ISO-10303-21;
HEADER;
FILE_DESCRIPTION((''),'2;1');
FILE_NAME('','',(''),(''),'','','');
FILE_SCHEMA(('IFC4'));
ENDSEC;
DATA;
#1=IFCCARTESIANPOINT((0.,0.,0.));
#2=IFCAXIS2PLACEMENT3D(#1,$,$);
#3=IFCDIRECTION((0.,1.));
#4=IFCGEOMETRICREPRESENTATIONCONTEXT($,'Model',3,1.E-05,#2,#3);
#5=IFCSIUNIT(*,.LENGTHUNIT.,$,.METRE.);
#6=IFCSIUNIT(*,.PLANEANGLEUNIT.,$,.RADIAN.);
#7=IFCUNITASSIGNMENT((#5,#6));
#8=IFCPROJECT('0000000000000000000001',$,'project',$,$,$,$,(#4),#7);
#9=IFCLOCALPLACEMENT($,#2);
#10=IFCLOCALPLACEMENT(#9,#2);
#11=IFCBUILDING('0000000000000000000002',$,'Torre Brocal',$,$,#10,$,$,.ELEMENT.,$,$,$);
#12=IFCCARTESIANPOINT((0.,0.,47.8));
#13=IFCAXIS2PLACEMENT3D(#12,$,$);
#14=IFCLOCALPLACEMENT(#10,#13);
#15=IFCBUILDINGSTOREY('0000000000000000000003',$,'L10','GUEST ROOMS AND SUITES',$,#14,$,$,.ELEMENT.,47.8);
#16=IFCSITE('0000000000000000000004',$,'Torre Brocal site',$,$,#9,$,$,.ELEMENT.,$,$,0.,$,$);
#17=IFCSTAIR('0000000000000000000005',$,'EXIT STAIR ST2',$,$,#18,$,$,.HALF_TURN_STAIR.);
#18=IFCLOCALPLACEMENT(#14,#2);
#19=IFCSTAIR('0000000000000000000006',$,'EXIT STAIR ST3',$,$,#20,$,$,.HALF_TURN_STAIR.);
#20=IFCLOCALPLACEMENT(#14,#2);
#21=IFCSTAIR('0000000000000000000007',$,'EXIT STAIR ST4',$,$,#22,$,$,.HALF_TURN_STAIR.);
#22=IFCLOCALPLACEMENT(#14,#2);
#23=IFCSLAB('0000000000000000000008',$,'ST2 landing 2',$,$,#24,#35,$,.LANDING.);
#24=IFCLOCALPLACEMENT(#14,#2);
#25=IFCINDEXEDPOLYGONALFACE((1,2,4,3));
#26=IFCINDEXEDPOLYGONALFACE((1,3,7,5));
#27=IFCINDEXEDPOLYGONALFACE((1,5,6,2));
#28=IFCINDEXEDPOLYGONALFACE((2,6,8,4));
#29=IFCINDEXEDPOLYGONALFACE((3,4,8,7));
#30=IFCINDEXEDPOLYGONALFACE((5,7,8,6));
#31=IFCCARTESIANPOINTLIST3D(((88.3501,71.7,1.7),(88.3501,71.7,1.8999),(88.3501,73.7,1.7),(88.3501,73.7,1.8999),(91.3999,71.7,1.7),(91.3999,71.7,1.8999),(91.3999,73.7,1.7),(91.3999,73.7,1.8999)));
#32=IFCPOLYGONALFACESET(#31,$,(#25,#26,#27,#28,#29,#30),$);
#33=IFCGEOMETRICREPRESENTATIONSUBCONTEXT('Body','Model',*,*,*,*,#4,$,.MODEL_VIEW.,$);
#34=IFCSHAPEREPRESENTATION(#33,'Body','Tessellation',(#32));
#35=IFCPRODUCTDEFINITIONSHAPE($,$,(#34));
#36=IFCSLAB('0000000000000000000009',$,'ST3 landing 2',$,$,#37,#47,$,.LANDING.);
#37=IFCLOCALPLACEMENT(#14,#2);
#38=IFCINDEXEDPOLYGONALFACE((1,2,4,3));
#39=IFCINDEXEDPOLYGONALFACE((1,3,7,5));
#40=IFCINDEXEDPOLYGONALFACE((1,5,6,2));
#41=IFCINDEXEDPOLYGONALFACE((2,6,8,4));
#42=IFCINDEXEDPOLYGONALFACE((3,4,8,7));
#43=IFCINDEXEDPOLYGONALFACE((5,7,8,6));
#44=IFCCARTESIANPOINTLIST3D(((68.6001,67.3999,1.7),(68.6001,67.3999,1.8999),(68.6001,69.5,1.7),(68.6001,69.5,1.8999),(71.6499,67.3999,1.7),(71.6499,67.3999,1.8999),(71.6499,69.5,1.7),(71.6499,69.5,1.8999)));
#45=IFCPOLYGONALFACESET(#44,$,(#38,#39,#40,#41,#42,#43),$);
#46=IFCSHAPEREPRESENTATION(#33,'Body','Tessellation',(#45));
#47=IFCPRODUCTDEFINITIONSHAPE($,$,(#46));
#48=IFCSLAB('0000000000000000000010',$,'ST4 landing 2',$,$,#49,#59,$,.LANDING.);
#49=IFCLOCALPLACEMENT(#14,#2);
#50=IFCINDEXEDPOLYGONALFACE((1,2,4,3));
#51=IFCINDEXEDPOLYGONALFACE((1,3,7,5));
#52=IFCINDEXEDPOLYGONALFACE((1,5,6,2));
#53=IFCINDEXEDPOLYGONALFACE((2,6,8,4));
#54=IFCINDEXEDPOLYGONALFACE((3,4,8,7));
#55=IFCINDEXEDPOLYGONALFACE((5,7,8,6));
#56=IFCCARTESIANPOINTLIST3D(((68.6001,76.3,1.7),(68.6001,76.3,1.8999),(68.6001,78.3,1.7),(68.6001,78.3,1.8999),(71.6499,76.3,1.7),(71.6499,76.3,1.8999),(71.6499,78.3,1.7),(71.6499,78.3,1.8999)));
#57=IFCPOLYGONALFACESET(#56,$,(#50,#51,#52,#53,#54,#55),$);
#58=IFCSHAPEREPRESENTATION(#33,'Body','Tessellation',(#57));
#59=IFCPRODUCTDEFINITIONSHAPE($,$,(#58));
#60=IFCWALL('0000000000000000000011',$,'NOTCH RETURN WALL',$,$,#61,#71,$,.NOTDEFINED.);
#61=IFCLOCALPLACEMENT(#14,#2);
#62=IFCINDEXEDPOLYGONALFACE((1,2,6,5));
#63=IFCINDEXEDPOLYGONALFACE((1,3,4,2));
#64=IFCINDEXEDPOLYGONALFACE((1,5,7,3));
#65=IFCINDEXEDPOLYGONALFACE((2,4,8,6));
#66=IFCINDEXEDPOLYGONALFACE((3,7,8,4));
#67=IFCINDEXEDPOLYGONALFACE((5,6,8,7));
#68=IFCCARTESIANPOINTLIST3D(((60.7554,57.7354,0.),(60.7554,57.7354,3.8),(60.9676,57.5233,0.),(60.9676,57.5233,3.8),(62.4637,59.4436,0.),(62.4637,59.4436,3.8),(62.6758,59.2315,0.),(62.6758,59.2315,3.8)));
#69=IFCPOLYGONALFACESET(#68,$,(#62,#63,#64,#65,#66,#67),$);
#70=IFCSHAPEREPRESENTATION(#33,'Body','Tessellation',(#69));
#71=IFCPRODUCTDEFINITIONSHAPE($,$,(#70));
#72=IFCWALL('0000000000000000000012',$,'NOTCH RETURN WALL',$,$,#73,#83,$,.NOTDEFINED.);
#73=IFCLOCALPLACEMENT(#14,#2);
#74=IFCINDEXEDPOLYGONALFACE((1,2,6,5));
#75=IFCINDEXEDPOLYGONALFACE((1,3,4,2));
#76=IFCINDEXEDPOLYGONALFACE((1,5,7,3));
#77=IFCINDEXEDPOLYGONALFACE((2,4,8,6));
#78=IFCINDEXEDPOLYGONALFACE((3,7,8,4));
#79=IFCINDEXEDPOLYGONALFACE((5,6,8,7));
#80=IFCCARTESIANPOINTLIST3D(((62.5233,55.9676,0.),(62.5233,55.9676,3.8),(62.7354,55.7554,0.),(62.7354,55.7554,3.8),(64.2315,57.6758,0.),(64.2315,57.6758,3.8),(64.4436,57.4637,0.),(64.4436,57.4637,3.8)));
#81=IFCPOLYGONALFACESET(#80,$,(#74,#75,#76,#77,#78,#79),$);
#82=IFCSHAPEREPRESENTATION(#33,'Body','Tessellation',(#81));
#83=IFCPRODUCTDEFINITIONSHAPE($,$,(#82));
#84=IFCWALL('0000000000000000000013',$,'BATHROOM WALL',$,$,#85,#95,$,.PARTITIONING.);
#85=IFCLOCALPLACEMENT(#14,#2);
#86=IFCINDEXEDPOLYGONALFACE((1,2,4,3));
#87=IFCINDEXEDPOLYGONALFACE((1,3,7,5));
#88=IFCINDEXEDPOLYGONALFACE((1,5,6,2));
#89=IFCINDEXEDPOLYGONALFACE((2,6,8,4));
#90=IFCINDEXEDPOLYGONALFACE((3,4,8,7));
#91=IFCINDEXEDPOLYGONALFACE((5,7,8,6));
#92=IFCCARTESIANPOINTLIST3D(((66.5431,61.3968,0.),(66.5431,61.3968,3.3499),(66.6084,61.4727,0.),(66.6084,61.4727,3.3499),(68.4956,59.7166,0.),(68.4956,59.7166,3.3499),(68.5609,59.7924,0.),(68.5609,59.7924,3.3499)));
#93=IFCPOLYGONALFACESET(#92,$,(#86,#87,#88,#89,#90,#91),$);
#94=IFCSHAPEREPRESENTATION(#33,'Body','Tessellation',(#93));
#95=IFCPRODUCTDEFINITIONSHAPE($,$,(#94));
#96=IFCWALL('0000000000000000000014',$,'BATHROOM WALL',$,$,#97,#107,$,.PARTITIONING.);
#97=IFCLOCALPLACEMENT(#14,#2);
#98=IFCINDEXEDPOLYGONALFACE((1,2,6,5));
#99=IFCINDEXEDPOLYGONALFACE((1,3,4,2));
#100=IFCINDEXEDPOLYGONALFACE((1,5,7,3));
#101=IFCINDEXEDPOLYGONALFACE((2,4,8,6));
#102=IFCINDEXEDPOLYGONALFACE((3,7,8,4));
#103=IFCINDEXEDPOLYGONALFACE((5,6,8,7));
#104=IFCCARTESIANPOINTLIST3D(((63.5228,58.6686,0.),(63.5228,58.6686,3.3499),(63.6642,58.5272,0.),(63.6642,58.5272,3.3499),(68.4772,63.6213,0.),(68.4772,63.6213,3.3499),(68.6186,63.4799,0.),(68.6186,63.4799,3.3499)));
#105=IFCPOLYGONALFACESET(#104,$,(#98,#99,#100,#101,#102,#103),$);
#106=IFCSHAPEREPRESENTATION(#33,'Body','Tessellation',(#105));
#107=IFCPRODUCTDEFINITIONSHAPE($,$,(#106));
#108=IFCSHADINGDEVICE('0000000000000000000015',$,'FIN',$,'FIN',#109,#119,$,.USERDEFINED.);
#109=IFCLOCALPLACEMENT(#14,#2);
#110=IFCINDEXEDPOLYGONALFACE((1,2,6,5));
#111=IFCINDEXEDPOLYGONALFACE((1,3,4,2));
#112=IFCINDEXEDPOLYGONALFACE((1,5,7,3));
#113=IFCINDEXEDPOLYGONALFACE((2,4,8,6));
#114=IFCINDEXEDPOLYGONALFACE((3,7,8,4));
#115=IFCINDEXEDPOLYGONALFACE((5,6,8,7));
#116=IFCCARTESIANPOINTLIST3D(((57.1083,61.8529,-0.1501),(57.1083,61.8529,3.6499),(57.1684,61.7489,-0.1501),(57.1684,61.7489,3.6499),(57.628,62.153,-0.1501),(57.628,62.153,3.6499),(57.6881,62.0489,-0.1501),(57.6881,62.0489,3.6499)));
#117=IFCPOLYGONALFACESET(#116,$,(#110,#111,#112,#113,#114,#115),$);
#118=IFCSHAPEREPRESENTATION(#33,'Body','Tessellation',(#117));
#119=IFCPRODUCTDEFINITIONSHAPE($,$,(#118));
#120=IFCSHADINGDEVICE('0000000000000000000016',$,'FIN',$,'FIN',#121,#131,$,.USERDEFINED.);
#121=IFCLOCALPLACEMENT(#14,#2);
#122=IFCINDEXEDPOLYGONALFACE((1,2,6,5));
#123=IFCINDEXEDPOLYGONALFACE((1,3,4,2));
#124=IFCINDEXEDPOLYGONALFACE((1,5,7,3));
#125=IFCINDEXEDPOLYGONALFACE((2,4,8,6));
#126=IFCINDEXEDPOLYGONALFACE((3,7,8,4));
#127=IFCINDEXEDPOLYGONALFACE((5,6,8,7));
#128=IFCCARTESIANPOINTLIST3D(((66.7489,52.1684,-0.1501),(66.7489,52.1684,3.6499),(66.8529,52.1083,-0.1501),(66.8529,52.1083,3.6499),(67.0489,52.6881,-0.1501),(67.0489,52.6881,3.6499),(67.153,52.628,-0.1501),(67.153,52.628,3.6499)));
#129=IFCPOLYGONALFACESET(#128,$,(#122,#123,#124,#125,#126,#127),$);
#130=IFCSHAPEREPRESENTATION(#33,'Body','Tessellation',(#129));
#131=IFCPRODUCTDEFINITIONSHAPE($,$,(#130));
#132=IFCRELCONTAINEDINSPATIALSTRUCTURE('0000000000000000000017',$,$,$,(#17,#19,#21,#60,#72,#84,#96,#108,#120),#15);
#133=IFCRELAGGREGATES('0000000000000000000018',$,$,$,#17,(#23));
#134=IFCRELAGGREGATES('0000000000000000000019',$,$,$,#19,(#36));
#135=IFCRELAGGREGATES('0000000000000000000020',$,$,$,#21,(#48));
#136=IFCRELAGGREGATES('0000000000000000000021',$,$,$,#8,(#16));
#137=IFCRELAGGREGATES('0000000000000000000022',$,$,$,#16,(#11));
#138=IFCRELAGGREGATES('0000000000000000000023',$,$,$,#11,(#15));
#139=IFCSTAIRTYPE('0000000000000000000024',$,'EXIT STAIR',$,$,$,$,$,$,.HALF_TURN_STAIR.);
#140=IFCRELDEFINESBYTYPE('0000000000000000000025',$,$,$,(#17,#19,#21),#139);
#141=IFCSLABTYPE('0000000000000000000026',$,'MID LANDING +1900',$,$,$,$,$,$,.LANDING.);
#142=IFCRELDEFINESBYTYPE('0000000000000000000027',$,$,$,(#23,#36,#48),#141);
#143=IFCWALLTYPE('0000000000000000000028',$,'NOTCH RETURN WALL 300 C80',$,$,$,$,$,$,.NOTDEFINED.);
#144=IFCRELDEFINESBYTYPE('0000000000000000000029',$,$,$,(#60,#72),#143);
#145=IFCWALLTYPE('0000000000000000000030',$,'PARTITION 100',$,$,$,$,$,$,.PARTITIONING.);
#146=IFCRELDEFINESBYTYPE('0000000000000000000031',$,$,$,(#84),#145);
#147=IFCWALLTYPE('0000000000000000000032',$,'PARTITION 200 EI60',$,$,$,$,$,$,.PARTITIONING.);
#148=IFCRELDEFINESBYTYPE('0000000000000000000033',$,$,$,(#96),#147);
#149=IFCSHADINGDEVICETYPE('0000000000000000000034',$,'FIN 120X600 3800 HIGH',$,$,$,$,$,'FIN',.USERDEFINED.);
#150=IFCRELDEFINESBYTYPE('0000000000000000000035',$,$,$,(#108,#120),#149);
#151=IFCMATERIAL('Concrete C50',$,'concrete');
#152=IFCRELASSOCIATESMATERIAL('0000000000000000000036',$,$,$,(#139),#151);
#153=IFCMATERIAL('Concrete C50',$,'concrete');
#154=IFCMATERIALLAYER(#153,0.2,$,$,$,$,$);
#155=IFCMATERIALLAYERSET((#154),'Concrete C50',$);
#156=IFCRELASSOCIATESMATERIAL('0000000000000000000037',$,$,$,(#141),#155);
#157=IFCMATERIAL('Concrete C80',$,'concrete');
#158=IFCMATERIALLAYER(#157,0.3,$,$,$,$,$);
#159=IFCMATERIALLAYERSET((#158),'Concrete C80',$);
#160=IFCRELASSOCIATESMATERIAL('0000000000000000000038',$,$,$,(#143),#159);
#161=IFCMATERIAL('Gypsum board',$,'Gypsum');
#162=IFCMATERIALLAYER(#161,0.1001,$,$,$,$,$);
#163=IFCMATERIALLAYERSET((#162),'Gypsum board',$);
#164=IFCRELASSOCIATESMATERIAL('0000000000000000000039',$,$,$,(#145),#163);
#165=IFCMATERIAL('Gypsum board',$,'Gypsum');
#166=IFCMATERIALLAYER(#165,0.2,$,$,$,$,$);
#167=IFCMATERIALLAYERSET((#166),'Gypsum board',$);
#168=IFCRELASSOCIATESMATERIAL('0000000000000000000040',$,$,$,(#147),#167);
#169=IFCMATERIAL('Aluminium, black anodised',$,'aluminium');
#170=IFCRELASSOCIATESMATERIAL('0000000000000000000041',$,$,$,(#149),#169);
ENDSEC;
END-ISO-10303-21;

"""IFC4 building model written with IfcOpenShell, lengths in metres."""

from ifc_helpers import new_model, si_unit, direction, frame, frame_2d, origin, origin_2d, place, context, subcontext, project, spatial, polyline, rectangle, outline, extrude, material, layer, layer_set, material_profile, profile_set, type_object, element, aggregate, save


model = new_model("IFC4")

# Units and contexts
model_context = context("Model", 3, precision=1e-05, world=origin(), true_north=direction((0.0, 1.0)))
body_context = subcontext(model_context, "Body", "Model", "MODEL_VIEW")
ifc_project = project(units=[si_unit("LENGTHUNIT", "METRE"), si_unit("PLANEANGLEUNIT", "RADIAN")], contexts=[model_context])

# Site, building, storey
site_placement = place(None, origin())
site = spatial("IfcSite", under=ifc_project, at=site_placement, Name="Torre Brocal site", CompositionType="ELEMENT", RefElevation=0.0)
building_placement = place(site_placement, origin())
building = spatial("IfcBuilding", under=site, at=building_placement, Name="Torre Brocal", CompositionType="ELEMENT")
storey_placement = place(building_placement, frame((0.0, 0.0, 47.8)))
storey = spatial("IfcBuildingStorey", under=building, at=storey_placement, Name="L10", Description="GUEST ROOMS AND SUITES", CompositionType="ELEMENT", Elevation=47.8)

# Stairs
ifc_material_1 = material(Name="Concrete C50", Category="concrete")
stair_type = type_object("IfcStairType", Name="EXIT STAIR", PredefinedType="HALF_TURN_STAIR", material=ifc_material_1)
stair_1_placement = place(storey_placement, origin())
stair_1 = element("IfcStair", 1, at=stair_1_placement, inside=storey, type_object=stair_type, Name="EXIT STAIR ST2", PredefinedType="HALF_TURN_STAIR")
stair_2_placement = place(storey_placement, origin())
stair_2 = element("IfcStair", 2, at=stair_2_placement, inside=storey, type_object=stair_type, Name="EXIT STAIR ST3", PredefinedType="HALF_TURN_STAIR")
stair_3_placement = place(storey_placement, origin())
stair_3 = element("IfcStair", 3, at=stair_3_placement, inside=storey, type_object=stair_type, Name="EXIT STAIR ST4", PredefinedType="HALF_TURN_STAIR")

# Slabs
ifc_material_2 = material(Name="Concrete C50", Category="concrete")
ifc_layer_1 = layer(ifc_material_2, 0.2)
ifc_layer_set_1 = layer_set([ifc_layer_1], Name="Concrete C50")
slab_type_1 = type_object("IfcSlabType", Name="MID LANDING +1900", PredefinedType="LANDING", material=ifc_layer_set_1)
slab_1_placement = place(storey_placement, frame((0.0, 0.0, 1.7)))
slab_1 = element("IfcSlab", 4, at=slab_1_placement, type_object=slab_type_1, Name="ST2 landing 2", PredefinedType="LANDING", context=body_context, shape_type="SweptSolid", body=[
    extrude(outline(polyline([(88.3501, 71.7), (91.3999, 71.7), (91.3999, 73.7), (88.3501, 73.7), (88.3501, 71.7)])), origin(), (0.0, 0.0, 1.0), 0.2),
])
aggregate(stair_1, [slab_1])
slab_2_placement = place(storey_placement, frame((0.0, 0.0, 1.7)))
slab_2 = element("IfcSlab", 5, at=slab_2_placement, type_object=slab_type_1, Name="ST3 landing 2", PredefinedType="LANDING", context=body_context, shape_type="SweptSolid", body=[
    extrude(outline(polyline([(71.6499, 69.5), (68.6001, 69.5), (68.6001, 67.3999), (71.6499, 67.3999), (71.6499, 69.5)])), origin(), (0.0, 0.0, 1.0), 0.2),
])
aggregate(stair_2, [slab_2])
slab_3_placement = place(storey_placement, frame((0.0, 0.0, 1.7)))
slab_3 = element("IfcSlab", 6, at=slab_3_placement, type_object=slab_type_1, Name="ST4 landing 2", PredefinedType="LANDING", context=body_context, shape_type="SweptSolid", body=[
    extrude(outline(polyline([(71.6499, 78.3), (68.6001, 78.3), (68.6001, 76.3), (71.6499, 76.3), (71.6499, 78.3)])), origin(), (0.0, 0.0, 1.0), 0.2),
])
aggregate(stair_3, [slab_3])

# Walls
ifc_material_3 = material(Name="Concrete C80", Category="concrete")
ifc_layer_2 = layer(ifc_material_3, 0.3)
ifc_layer_set_2 = layer_set([ifc_layer_2], Name="Concrete C80")
wall_type_1 = type_object("IfcWallType", Name="NOTCH RETURN WALL 300 C80", PredefinedType="NOTDEFINED", material=ifc_layer_set_2)
for number, where, z_axis, x_axis, name in (
    (7, (62.5698, 59.3376, 0.0), (0.0, 0.0, 1.0), (-0.707107, -0.707107, 0.0), "NOTCH RETURN WALL"),
    (8, (64.3376, 57.5698, 0.0), (0.0, 0.0, 1.0), (-0.707107, -0.707107, 0.0), "NOTCH RETURN WALL"),
):
    element("IfcWall", number, at=place(storey_placement, frame(where, z_axis=z_axis, x_axis=x_axis)), inside=storey, type_object=wall_type_1, Name=name, PredefinedType="NOTDEFINED", context=body_context, shape_type="SweptSolid", body=[
        extrude(rectangle(XDim=2.4158, YDim=0.3, at=frame_2d((1.208, 0.0))), origin(), (0.0, 0.0, 1.0), 3.8),
    ])
ifc_material_4 = material(Name="Gypsum board", Category="Gypsum")
ifc_layer_3 = layer(ifc_material_4, 0.1001)
ifc_layer_set_3 = layer_set([ifc_layer_3], Name="Gypsum board")
wall_type_2 = type_object("IfcWallType", Name="PARTITION 100", PredefinedType="PARTITIONING", material=ifc_layer_set_3)
wall_1_placement = place(storey_placement, frame((66.5757, 61.4348, 0.0), z_axis=(0.0, 0.0, 1.0), x_axis=(0.757971, -0.652289, 0.0)))
element("IfcWall", 9, at=wall_1_placement, inside=storey, type_object=wall_type_2, Name="BATHROOM WALL", PredefinedType="PARTITIONING", context=body_context, shape_type="SweptSolid", body=[
    extrude(rectangle(XDim=2.5759, YDim=0.1001, at=frame_2d((1.2881, 0.0))), origin(), (0.0, 0.0, 1.0), 3.3499),
])
ifc_material_5 = material(Name="Gypsum board", Category="Gypsum")
ifc_layer_4 = layer(ifc_material_5, 0.2)
ifc_layer_set_4 = layer_set([ifc_layer_4], Name="Gypsum board")
wall_type_3 = type_object("IfcWallType", Name="PARTITION 200 EI60", PredefinedType="PARTITIONING", material=ifc_layer_set_4)
wall_2_placement = place(storey_placement, frame((63.5935, 58.5979, 0.0), z_axis=(0.0, 0.0, 1.0), x_axis=(0.707229, 0.706985, 0.0)))
element("IfcWall", 10, at=wall_2_placement, inside=storey, type_object=wall_type_3, Name="BATHROOM WALL", PredefinedType="PARTITIONING", context=body_context, shape_type="SweptSolid", body=[
    extrude(rectangle(XDim=7.0054, YDim=0.2, at=frame_2d((3.5027, 0.0))), origin(), (0.0, 0.0, 1.0), 3.3499),
])

# Shading devices
ifc_material_6 = material(Name="Aluminium, black anodised", Category="aluminium")
ifc_material_profile_1 = material_profile(ifc_material_6, rectangle(XDim=0.1201, YDim=0.6001, at=origin_2d()), Name="FIN 120X600 3800 HIGH")
ifc_profile_set_1 = profile_set([ifc_material_profile_1], Name="Aluminium, black anodised")
shading_device_type = type_object("IfcShadingDeviceType", Name="FIN 120X600 3800 HIGH", ElementType="FIN", PredefinedType="USERDEFINED", material=ifc_profile_set_1)
for number, where, z_axis, x_axis, name in (
    (11, (57.3982, 61.9509, -0.1501), (0.0, 0.0, 1.0), (0.5, -0.866025, 0.0), "FIN"),
    (12, (66.9509, 52.3982, -0.1501), (0.0, 0.0, 1.0), (0.866025, -0.5, 0.0), "FIN"),
):
    element("IfcShadingDevice", number, at=place(storey_placement, frame(where, z_axis=z_axis, x_axis=x_axis)), inside=storey, type_object=shading_device_type, Name=name, ObjectType="FIN", PredefinedType="USERDEFINED", context=body_context, shape_type="SweptSolid", body=[
        extrude(rectangle(XDim=0.1201, YDim=0.6001, at=origin_2d()), origin(), (0.0, 0.0, 1.0), 3.8),
    ])

save(model, "model.ifc")
